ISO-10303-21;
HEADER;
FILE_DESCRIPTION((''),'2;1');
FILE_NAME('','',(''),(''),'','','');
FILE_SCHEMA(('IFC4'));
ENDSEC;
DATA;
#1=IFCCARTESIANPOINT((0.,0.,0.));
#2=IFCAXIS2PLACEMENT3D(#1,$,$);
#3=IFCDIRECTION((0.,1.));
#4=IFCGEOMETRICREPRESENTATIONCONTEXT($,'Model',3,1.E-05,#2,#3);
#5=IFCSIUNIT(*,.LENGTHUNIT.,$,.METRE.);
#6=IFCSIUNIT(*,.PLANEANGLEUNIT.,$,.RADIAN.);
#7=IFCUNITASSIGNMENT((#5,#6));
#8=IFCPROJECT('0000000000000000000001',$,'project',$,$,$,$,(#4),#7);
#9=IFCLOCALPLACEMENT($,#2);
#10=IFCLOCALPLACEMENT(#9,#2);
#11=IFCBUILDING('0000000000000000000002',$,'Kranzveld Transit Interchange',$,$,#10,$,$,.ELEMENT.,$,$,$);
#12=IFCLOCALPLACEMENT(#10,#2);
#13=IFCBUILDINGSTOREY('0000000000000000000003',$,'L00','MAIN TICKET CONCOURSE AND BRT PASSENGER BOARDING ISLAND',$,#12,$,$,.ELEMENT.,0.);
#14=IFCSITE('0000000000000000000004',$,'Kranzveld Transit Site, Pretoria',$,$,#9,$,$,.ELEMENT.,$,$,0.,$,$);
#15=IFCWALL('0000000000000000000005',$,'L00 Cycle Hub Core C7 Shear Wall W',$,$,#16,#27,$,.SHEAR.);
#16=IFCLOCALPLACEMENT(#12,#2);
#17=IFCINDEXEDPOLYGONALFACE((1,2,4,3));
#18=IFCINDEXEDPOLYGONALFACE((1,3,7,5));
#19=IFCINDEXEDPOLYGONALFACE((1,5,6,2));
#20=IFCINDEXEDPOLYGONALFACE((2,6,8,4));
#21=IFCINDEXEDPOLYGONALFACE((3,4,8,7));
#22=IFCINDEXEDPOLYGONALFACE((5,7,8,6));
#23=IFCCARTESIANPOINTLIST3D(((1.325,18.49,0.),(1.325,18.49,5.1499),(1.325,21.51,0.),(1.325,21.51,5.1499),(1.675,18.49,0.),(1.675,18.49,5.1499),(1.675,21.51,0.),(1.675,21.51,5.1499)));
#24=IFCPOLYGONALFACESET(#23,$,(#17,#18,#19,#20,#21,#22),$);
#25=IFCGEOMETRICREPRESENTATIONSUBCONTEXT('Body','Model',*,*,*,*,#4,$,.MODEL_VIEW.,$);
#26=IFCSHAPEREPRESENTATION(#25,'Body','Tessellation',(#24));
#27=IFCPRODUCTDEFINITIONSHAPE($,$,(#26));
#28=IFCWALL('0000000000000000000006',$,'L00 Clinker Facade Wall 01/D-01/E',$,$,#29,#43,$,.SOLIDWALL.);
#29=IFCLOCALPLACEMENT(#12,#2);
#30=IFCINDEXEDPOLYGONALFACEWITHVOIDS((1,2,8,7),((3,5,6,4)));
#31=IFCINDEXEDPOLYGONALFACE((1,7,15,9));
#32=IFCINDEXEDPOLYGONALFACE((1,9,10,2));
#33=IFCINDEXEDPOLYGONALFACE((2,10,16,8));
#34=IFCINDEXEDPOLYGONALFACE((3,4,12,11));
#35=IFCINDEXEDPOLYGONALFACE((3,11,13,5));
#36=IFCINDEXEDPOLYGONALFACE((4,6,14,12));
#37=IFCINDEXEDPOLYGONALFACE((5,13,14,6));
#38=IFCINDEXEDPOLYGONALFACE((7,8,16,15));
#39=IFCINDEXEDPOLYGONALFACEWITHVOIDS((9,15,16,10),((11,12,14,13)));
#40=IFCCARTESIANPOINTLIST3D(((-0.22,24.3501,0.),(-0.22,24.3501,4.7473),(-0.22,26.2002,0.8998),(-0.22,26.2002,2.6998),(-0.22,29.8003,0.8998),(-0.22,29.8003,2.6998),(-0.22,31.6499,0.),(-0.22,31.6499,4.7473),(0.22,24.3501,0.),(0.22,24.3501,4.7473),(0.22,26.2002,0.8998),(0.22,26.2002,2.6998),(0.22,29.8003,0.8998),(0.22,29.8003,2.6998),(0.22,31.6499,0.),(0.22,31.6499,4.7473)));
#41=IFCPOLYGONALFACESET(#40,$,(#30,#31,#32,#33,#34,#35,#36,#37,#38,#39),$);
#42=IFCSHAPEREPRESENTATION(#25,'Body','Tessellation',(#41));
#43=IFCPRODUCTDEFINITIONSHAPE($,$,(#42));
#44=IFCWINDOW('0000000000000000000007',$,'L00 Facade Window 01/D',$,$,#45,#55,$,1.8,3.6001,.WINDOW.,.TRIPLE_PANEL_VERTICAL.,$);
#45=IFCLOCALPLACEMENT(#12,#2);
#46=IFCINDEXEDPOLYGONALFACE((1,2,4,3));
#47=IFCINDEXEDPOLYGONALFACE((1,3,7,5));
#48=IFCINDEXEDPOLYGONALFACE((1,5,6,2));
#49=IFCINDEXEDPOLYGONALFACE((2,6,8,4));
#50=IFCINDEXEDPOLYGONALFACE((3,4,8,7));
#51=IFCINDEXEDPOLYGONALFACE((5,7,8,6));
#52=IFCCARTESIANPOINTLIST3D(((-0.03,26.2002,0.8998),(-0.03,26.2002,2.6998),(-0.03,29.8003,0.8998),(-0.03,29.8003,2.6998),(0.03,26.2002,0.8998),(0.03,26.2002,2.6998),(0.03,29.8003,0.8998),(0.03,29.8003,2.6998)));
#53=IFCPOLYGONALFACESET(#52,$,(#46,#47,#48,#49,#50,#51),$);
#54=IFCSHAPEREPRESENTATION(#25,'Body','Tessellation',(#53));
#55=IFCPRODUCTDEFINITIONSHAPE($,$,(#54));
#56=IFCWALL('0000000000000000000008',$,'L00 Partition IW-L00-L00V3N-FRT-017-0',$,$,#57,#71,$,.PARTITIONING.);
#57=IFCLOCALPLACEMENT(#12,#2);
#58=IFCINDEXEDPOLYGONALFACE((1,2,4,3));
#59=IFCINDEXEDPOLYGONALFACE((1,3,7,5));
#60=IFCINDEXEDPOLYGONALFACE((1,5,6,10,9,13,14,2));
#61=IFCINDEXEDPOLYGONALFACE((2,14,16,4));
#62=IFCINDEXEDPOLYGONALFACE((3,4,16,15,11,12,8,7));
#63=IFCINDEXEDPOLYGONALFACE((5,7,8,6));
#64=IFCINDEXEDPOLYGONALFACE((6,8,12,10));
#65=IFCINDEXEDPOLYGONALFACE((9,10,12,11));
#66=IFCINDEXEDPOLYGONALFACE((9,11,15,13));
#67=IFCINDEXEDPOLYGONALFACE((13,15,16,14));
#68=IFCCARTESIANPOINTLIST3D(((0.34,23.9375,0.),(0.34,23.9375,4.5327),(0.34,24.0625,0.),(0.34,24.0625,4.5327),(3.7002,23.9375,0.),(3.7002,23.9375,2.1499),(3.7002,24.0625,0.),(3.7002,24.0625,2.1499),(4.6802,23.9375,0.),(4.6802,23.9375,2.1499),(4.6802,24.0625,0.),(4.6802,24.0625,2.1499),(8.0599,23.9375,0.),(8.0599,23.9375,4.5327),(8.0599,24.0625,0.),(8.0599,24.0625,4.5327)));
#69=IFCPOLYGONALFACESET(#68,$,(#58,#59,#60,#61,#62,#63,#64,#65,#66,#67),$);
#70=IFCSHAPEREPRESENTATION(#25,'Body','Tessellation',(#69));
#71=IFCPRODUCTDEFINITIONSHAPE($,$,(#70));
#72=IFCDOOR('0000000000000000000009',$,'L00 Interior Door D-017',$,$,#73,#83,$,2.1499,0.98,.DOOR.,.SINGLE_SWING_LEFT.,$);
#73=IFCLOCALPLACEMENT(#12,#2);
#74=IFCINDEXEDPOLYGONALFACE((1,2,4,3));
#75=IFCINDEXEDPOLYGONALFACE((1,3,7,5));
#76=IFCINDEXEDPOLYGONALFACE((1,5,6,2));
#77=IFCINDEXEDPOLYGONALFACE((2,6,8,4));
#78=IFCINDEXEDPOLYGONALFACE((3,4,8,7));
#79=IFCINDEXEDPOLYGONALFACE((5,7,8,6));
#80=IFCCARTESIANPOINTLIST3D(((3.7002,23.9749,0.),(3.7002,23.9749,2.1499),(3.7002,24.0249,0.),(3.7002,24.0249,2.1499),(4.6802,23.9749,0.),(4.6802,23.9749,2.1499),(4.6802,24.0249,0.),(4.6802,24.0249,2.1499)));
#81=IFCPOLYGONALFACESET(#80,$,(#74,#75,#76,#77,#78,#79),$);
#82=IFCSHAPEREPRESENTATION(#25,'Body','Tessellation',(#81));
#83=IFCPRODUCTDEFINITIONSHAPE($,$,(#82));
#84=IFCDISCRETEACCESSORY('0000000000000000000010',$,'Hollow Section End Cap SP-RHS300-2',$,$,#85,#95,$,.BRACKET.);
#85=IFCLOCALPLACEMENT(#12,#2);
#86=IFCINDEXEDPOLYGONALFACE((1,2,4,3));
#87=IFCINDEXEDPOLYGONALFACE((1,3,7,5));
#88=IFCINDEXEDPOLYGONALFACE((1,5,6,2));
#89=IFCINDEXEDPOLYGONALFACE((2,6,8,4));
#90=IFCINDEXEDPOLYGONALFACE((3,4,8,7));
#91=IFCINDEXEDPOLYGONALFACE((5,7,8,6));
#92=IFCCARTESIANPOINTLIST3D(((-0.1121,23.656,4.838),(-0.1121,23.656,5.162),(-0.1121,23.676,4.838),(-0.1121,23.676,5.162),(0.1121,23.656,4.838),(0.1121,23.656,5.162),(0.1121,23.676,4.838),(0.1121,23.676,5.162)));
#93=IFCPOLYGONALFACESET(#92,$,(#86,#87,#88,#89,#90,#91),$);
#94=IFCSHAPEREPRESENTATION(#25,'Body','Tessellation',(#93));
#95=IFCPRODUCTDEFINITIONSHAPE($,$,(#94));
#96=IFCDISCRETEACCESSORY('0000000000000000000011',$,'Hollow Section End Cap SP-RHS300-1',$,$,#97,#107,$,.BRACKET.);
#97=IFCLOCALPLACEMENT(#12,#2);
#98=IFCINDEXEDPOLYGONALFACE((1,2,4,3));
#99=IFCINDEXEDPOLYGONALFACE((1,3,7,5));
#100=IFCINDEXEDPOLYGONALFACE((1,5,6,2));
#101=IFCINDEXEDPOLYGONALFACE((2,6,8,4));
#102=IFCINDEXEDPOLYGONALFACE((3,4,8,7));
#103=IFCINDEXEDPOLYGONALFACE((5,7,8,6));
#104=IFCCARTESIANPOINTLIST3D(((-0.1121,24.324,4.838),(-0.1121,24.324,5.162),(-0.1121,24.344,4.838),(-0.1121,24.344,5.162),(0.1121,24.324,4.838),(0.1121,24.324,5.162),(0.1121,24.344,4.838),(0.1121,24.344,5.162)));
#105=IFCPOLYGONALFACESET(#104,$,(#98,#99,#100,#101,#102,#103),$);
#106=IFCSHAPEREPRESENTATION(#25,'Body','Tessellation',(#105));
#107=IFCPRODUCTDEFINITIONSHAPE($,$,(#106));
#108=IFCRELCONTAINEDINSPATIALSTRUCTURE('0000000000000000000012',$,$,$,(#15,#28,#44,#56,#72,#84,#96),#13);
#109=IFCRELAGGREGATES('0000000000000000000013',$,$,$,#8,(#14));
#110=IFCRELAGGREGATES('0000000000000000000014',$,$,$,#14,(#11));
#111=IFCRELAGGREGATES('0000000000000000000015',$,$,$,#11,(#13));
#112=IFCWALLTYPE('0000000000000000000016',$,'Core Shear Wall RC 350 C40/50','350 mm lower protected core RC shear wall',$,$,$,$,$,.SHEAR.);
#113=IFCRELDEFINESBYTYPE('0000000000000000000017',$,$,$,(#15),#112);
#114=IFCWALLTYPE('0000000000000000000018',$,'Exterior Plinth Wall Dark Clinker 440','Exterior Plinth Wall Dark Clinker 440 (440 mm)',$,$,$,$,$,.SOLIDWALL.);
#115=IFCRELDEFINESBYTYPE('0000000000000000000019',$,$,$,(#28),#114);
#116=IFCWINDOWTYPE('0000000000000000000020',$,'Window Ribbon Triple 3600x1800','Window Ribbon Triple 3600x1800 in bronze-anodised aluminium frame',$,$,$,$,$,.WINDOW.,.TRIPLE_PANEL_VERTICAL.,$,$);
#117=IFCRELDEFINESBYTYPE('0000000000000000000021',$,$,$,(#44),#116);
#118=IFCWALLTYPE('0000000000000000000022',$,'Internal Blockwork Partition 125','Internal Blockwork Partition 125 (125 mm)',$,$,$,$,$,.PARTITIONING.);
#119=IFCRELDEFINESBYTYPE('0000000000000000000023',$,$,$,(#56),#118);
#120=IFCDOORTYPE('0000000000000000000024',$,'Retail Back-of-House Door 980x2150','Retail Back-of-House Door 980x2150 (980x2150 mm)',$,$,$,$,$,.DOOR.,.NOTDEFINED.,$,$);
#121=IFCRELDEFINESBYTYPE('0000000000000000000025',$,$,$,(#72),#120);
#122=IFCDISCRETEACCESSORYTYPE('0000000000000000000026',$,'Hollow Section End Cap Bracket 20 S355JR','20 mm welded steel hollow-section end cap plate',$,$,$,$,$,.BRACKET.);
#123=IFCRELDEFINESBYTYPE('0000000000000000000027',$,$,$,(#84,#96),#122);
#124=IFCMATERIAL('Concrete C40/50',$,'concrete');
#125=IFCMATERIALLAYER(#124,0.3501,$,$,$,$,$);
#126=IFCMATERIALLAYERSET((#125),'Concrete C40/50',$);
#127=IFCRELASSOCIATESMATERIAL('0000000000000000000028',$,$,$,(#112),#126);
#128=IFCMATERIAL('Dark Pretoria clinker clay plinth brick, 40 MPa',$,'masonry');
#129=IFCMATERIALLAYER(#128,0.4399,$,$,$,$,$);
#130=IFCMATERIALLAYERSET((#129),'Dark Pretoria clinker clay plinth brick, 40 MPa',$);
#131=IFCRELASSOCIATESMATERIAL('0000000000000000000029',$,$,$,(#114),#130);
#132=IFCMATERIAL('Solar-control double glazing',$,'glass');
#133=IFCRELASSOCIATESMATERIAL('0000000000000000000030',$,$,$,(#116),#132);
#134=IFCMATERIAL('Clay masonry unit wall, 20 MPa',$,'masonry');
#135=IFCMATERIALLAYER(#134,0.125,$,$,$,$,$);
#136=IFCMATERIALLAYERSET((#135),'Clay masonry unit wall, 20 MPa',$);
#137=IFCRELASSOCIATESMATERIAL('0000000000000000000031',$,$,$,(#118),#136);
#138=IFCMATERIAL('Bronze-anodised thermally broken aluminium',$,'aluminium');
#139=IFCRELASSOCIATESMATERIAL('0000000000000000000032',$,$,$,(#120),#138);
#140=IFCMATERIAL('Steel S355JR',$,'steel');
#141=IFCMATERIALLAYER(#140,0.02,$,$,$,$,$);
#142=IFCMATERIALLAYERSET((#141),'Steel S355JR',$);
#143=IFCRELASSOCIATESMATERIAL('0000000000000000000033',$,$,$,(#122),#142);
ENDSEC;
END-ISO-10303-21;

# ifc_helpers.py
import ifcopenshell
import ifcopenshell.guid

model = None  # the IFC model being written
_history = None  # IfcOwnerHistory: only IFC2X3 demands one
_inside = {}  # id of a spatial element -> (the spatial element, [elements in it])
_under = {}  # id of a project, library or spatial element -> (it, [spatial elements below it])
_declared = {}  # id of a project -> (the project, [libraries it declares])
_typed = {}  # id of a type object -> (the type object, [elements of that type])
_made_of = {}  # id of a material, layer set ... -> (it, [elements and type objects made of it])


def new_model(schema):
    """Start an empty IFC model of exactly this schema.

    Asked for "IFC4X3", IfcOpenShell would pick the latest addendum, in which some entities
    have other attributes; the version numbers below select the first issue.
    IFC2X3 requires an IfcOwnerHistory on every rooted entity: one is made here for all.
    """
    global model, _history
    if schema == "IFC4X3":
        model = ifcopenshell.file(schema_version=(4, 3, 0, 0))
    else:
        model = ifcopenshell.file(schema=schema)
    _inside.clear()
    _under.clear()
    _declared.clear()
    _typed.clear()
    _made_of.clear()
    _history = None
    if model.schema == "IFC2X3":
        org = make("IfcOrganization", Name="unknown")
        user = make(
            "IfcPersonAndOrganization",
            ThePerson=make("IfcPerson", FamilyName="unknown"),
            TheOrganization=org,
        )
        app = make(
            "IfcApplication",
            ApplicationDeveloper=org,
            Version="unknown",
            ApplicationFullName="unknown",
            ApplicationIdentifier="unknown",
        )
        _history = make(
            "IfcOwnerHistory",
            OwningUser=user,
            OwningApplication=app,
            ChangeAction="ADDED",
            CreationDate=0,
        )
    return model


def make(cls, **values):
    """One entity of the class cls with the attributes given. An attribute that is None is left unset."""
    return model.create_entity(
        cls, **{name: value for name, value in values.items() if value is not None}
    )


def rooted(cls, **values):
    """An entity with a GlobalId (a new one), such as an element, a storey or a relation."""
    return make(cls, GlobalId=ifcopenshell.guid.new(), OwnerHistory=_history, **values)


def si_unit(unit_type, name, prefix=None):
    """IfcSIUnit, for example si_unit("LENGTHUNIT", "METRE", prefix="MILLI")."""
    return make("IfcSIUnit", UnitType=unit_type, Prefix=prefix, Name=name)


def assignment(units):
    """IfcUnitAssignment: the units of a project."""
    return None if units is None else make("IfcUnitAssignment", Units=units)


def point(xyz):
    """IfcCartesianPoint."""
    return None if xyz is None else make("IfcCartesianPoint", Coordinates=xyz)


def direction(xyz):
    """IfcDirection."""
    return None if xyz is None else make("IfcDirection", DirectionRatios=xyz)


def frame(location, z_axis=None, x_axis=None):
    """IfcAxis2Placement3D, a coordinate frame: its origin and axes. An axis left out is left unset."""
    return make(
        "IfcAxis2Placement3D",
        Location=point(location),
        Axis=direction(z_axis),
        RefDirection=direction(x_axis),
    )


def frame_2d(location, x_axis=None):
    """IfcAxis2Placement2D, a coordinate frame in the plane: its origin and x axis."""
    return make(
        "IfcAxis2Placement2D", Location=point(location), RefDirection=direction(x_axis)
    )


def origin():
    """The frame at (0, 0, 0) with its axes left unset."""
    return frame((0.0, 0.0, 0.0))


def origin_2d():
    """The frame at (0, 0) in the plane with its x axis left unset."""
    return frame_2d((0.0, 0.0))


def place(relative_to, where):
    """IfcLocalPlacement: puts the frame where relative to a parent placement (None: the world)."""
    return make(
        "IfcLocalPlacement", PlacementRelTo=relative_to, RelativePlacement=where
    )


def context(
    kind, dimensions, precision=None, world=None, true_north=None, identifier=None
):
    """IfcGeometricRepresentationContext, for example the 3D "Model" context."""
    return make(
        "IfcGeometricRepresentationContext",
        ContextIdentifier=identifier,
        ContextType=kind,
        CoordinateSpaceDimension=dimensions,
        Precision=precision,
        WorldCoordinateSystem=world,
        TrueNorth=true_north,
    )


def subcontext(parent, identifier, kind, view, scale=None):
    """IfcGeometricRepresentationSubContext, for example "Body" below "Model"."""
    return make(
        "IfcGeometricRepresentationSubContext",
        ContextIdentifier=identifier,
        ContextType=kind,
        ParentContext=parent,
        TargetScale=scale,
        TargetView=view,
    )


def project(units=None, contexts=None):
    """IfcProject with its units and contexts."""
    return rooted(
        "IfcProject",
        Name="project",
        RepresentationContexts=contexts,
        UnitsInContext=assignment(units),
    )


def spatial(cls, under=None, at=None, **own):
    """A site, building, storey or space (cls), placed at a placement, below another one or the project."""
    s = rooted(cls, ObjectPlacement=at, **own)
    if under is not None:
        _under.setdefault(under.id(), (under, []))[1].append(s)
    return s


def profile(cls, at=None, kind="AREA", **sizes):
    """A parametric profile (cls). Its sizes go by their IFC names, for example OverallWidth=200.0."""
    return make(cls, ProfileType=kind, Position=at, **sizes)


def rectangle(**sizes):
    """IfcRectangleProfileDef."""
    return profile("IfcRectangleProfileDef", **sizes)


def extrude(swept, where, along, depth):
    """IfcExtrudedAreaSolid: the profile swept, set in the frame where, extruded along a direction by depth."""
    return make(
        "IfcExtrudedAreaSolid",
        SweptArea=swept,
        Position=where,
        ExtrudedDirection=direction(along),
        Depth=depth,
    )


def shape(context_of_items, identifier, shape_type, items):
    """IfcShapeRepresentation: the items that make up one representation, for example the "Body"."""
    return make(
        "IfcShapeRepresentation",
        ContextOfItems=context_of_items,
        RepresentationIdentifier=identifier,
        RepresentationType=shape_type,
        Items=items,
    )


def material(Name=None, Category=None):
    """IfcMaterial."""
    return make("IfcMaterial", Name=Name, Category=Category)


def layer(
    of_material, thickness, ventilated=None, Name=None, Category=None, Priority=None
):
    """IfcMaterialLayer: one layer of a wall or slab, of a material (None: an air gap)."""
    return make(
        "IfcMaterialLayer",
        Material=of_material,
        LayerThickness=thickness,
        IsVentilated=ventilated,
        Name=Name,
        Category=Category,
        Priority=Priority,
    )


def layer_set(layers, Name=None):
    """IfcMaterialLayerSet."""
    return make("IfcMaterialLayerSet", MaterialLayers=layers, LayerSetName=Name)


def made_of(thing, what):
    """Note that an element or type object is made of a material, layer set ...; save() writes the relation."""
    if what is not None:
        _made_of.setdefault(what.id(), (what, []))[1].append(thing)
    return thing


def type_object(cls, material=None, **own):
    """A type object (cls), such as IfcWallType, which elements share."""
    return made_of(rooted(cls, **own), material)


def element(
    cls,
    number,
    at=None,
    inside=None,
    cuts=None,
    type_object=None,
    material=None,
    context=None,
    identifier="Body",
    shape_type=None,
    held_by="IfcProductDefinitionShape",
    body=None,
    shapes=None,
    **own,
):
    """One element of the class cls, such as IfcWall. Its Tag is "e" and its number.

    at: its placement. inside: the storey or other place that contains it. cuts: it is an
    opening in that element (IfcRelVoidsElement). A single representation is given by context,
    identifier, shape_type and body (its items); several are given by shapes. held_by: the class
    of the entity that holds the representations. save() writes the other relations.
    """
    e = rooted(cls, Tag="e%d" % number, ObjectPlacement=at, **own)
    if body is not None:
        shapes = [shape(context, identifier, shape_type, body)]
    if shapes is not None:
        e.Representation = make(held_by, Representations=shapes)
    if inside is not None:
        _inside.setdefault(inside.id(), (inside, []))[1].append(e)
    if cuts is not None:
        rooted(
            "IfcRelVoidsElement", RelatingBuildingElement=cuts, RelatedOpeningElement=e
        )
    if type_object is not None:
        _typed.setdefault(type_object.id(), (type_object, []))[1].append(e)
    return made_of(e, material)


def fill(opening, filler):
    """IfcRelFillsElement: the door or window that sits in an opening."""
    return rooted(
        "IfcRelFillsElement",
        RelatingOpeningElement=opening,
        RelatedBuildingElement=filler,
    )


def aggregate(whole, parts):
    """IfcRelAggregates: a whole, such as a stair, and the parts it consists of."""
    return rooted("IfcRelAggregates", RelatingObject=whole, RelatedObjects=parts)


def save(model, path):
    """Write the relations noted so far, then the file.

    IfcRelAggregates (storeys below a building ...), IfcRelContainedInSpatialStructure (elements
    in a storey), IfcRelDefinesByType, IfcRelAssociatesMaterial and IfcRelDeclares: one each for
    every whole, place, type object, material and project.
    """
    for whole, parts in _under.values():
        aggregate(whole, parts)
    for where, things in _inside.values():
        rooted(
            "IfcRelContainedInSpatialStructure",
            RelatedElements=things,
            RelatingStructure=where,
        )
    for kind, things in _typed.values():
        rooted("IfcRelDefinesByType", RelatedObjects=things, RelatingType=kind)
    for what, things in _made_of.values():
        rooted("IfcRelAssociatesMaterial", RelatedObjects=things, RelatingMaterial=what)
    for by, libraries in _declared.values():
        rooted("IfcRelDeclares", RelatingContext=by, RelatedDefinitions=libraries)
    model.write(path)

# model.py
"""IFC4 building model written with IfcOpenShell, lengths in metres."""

from ifc_helpers import new_model, si_unit, direction, frame, frame_2d, origin, origin_2d, place, context, subcontext, project, spatial, rectangle, extrude, material, layer, layer_set, type_object, element, fill, save


model = new_model("IFC4")

# Units and contexts
model_context = context("Model", 3, precision=1e-05, world=origin(), true_north=direction((0.0, 1.0)))
body_context = subcontext(model_context, "Body", "Model", "MODEL_VIEW")
ifc_project = project(units=[si_unit("LENGTHUNIT", "METRE"), si_unit("PLANEANGLEUNIT", "RADIAN")], contexts=[model_context])

# Site, building, storey
site_placement = place(None, origin())
site = spatial("IfcSite", under=ifc_project, at=site_placement, Name="Kranzveld Transit Site, Pretoria", CompositionType="ELEMENT", RefElevation=0.0)
building_placement = place(site_placement, origin())
building = spatial("IfcBuilding", under=site, at=building_placement, Name="Kranzveld Transit Interchange", CompositionType="ELEMENT")
storey_placement = place(building_placement, origin())
storey = spatial("IfcBuildingStorey", under=building, at=storey_placement, Name="L00", Description="MAIN TICKET CONCOURSE AND BRT PASSENGER BOARDING ISLAND", CompositionType="ELEMENT", Elevation=0.0)

# Shared definitions
ifc_material_1 = material(Name="Concrete C40/50", Category="concrete")
ifc_layer_1 = layer(ifc_material_1, 0.3501)
ifc_layer_set_1 = layer_set([ifc_layer_1], Name="Concrete C40/50")
wall_type_1 = type_object("IfcWallType", Name="Core Shear Wall RC 350 C40/50", Description="350 mm lower protected core RC shear wall", PredefinedType="SHEAR", material=ifc_layer_set_1)

# Wall
wall_1_placement = place(storey_placement, frame((1.5, 18.49, 0.0), z_axis=(0.0, 0.0, 1.0), x_axis=(0.0, 1.0, 0.0)))
element("IfcWall", 1, at=wall_1_placement, inside=storey, type_object=wall_type_1, Name="L00 Cycle Hub Core C7 Shear Wall W", PredefinedType="SHEAR", context=body_context, shape_type="SweptSolid", body=[
    extrude(rectangle(XDim=3.02, YDim=0.3501, at=frame_2d((1.51, 0.0))), origin(), (0.0, 0.0, 1.0), 5.1499),
])

# Wall, opening, window
ifc_material_2 = material(Name="Dark Pretoria clinker clay plinth brick, 40 MPa", Category="masonry")
ifc_layer_2 = layer(ifc_material_2, 0.4399)
ifc_layer_set_2 = layer_set([ifc_layer_2], Name="Dark Pretoria clinker clay plinth brick, 40 MPa")
wall_type_2 = type_object("IfcWallType", Name="Exterior Plinth Wall Dark Clinker 440", Description="Exterior Plinth Wall Dark Clinker 440 (440 mm)", PredefinedType="SOLIDWALL", material=ifc_layer_set_2)
wall_2_placement = place(storey_placement, frame((0.0, 24.3501, 0.0), z_axis=(0.0, 0.0, 1.0), x_axis=(0.0, 1.0, 0.0)))
wall_2 = element("IfcWall", 2, at=wall_2_placement, inside=storey, type_object=wall_type_2, Name="L00 Clinker Facade Wall 01/D-01/E", PredefinedType="SOLIDWALL", context=body_context, shape_type="SweptSolid", body=[
    extrude(rectangle(XDim=7.2998, YDim=0.4399, at=frame_2d((3.6499, 0.0))), origin(), (0.0, 0.0, 1.0), 4.7473),
])
opening_1_placement = place(wall_2_placement, frame((1.8501, 0.0, 0.8999), z_axis=(0.0, 0.0, 1.0), x_axis=(1.0, 0.0, 0.0)))
opening_1 = element("IfcOpeningElement", 3, at=opening_1_placement, cuts=wall_2, PredefinedType="OPENING", context=body_context, shape_type="SweptSolid", body=[
    extrude(rectangle(XDim=3.6001, YDim=1.8, at=frame_2d((1.8, 0.8999))), frame((0.0, 0.23, 0.0), z_axis=(0.0, -1.0, 0.0), x_axis=(1.0, 0.0, 0.0)), (0.0, 0.0, 1.0), 0.46),
])
ifc_material_3 = material(Name="Solar-control double glazing", Category="glass")
window_type = type_object("IfcWindowType", Name="Window Ribbon Triple 3600x1800", Description="Window Ribbon Triple 3600x1800 in bronze-anodised aluminium frame", PartitioningType="TRIPLE_PANEL_VERTICAL", PredefinedType="WINDOW", material=ifc_material_3)
window_placement = place(opening_1_placement, origin())
window = element("IfcWindow", 4, at=window_placement, inside=storey, type_object=window_type, Name="L00 Facade Window 01/D", OverallHeight=1.8, OverallWidth=3.6001, PartitioningType="TRIPLE_PANEL_VERTICAL", PredefinedType="WINDOW", context=body_context, shape_type="SweptSolid", body=[
    extrude(rectangle(XDim=3.6001, YDim=1.8, at=frame_2d((1.8, 0.8999))), frame((0.0, 0.03, 0.0), z_axis=(0.0, -1.0, 0.0), x_axis=(1.0, 0.0, 0.0)), (0.0, 0.0, 1.0), 0.0601),
])
fill(opening_1, window)

# Wall, opening, door
ifc_material_4 = material(Name="Clay masonry unit wall, 20 MPa", Category="masonry")
ifc_layer_3 = layer(ifc_material_4, 0.125)
ifc_layer_set_3 = layer_set([ifc_layer_3], Name="Clay masonry unit wall, 20 MPa")
wall_type_3 = type_object("IfcWallType", Name="Internal Blockwork Partition 125", Description="Internal Blockwork Partition 125 (125 mm)", PredefinedType="PARTITIONING", material=ifc_layer_set_3)
wall_3_placement = place(storey_placement, frame((0.3401, 24.0, 0.0), z_axis=(0.0, 0.0, 1.0), x_axis=(1.0, 0.0, 0.0)))
wall_3 = element("IfcWall", 5, at=wall_3_placement, inside=storey, type_object=wall_type_3, Name="L00 Partition IW-L00-L00V3N-FRT-017-0", PredefinedType="PARTITIONING", context=body_context, shape_type="SweptSolid", body=[
    extrude(rectangle(XDim=7.72, YDim=0.125, at=frame_2d((3.8599, 0.0))), origin(), (0.0, 0.0, 1.0), 4.5327),
])
opening_2_placement = place(wall_3_placement, frame((3.3601, 0.0, 0.0), z_axis=(0.0, 0.0, 1.0), x_axis=(1.0, 0.0, 0.0)))
opening_2 = element("IfcOpeningElement", 6, at=opening_2_placement, cuts=wall_3, PredefinedType="OPENING", context=body_context, shape_type="SweptSolid", body=[
    extrude(rectangle(XDim=0.98, YDim=2.1499, at=frame_2d((0.49, 1.075))), frame((0.0, 0.0725, 0.0), z_axis=(0.0, -1.0, 0.0), x_axis=(1.0, 0.0, 0.0)), (0.0, 0.0, 1.0), 0.145),
])
ifc_material_5 = material(Name="Bronze-anodised thermally broken aluminium", Category="aluminium")
door_type_1 = type_object("IfcDoorType", Name="Retail Back-of-House Door 980x2150", Description="Retail Back-of-House Door 980x2150 (980x2150 mm)", OperationType="NOTDEFINED", PredefinedType="DOOR", material=ifc_material_5)
door_1_placement = place(opening_2_placement, origin())
door_1 = element("IfcDoor", 7, at=door_1_placement, inside=storey, type_object=door_type_1, Name="L00 Interior Door D-017", OperationType="SINGLE_SWING_LEFT", OverallHeight=2.1499, OverallWidth=0.98, PredefinedType="DOOR", context=body_context, shape_type="SweptSolid", body=[
    extrude(rectangle(XDim=0.98, YDim=2.1499, at=frame_2d((0.49, 1.075))), frame((0.0, 0.0249, 0.0), z_axis=(0.0, -1.0, 0.0), x_axis=(1.0, 0.0, 0.0)), (0.0, 0.0, 1.0), 0.05),
])
fill(opening_2, door_1)

# Discrete accessories
ifc_material_6 = material(Name="Steel S355JR", Category="steel")
ifc_layer_4 = layer(ifc_material_6, 0.02)
ifc_layer_set_4 = layer_set([ifc_layer_4], Name="Steel S355JR")
discrete_accessory_type = type_object("IfcDiscreteAccessoryType", Name="Hollow Section End Cap Bracket 20 S355JR", Description="20 mm welded steel hollow-section end cap plate", PredefinedType="BRACKET", material=ifc_layer_set_4)
for number, where, z_axis, x_axis, name in (
    (8, (0.0, 23.656, 5.0), (0.0, 1.0, 0.0), (-1.0, 0.0, 0.0), "Hollow Section End Cap SP-RHS300-2"),
    (9, (0.0, 24.344, 5.0), (0.0, -1.0, 0.0), (1.0, 0.0, 0.0), "Hollow Section End Cap SP-RHS300-1"),
):
    element("IfcDiscreteAccessory", number, at=place(storey_placement, frame(where, z_axis=z_axis, x_axis=x_axis)), inside=storey, type_object=discrete_accessory_type, Name=name, PredefinedType="BRACKET", context=body_context, shape_type="SweptSolid", body=[
        extrude(rectangle(XDim=0.2241, YDim=0.324, at=origin_2d()), origin(), (0.0, 0.0, 1.0), 0.02),
    ])

save(model, "model.ifc")
